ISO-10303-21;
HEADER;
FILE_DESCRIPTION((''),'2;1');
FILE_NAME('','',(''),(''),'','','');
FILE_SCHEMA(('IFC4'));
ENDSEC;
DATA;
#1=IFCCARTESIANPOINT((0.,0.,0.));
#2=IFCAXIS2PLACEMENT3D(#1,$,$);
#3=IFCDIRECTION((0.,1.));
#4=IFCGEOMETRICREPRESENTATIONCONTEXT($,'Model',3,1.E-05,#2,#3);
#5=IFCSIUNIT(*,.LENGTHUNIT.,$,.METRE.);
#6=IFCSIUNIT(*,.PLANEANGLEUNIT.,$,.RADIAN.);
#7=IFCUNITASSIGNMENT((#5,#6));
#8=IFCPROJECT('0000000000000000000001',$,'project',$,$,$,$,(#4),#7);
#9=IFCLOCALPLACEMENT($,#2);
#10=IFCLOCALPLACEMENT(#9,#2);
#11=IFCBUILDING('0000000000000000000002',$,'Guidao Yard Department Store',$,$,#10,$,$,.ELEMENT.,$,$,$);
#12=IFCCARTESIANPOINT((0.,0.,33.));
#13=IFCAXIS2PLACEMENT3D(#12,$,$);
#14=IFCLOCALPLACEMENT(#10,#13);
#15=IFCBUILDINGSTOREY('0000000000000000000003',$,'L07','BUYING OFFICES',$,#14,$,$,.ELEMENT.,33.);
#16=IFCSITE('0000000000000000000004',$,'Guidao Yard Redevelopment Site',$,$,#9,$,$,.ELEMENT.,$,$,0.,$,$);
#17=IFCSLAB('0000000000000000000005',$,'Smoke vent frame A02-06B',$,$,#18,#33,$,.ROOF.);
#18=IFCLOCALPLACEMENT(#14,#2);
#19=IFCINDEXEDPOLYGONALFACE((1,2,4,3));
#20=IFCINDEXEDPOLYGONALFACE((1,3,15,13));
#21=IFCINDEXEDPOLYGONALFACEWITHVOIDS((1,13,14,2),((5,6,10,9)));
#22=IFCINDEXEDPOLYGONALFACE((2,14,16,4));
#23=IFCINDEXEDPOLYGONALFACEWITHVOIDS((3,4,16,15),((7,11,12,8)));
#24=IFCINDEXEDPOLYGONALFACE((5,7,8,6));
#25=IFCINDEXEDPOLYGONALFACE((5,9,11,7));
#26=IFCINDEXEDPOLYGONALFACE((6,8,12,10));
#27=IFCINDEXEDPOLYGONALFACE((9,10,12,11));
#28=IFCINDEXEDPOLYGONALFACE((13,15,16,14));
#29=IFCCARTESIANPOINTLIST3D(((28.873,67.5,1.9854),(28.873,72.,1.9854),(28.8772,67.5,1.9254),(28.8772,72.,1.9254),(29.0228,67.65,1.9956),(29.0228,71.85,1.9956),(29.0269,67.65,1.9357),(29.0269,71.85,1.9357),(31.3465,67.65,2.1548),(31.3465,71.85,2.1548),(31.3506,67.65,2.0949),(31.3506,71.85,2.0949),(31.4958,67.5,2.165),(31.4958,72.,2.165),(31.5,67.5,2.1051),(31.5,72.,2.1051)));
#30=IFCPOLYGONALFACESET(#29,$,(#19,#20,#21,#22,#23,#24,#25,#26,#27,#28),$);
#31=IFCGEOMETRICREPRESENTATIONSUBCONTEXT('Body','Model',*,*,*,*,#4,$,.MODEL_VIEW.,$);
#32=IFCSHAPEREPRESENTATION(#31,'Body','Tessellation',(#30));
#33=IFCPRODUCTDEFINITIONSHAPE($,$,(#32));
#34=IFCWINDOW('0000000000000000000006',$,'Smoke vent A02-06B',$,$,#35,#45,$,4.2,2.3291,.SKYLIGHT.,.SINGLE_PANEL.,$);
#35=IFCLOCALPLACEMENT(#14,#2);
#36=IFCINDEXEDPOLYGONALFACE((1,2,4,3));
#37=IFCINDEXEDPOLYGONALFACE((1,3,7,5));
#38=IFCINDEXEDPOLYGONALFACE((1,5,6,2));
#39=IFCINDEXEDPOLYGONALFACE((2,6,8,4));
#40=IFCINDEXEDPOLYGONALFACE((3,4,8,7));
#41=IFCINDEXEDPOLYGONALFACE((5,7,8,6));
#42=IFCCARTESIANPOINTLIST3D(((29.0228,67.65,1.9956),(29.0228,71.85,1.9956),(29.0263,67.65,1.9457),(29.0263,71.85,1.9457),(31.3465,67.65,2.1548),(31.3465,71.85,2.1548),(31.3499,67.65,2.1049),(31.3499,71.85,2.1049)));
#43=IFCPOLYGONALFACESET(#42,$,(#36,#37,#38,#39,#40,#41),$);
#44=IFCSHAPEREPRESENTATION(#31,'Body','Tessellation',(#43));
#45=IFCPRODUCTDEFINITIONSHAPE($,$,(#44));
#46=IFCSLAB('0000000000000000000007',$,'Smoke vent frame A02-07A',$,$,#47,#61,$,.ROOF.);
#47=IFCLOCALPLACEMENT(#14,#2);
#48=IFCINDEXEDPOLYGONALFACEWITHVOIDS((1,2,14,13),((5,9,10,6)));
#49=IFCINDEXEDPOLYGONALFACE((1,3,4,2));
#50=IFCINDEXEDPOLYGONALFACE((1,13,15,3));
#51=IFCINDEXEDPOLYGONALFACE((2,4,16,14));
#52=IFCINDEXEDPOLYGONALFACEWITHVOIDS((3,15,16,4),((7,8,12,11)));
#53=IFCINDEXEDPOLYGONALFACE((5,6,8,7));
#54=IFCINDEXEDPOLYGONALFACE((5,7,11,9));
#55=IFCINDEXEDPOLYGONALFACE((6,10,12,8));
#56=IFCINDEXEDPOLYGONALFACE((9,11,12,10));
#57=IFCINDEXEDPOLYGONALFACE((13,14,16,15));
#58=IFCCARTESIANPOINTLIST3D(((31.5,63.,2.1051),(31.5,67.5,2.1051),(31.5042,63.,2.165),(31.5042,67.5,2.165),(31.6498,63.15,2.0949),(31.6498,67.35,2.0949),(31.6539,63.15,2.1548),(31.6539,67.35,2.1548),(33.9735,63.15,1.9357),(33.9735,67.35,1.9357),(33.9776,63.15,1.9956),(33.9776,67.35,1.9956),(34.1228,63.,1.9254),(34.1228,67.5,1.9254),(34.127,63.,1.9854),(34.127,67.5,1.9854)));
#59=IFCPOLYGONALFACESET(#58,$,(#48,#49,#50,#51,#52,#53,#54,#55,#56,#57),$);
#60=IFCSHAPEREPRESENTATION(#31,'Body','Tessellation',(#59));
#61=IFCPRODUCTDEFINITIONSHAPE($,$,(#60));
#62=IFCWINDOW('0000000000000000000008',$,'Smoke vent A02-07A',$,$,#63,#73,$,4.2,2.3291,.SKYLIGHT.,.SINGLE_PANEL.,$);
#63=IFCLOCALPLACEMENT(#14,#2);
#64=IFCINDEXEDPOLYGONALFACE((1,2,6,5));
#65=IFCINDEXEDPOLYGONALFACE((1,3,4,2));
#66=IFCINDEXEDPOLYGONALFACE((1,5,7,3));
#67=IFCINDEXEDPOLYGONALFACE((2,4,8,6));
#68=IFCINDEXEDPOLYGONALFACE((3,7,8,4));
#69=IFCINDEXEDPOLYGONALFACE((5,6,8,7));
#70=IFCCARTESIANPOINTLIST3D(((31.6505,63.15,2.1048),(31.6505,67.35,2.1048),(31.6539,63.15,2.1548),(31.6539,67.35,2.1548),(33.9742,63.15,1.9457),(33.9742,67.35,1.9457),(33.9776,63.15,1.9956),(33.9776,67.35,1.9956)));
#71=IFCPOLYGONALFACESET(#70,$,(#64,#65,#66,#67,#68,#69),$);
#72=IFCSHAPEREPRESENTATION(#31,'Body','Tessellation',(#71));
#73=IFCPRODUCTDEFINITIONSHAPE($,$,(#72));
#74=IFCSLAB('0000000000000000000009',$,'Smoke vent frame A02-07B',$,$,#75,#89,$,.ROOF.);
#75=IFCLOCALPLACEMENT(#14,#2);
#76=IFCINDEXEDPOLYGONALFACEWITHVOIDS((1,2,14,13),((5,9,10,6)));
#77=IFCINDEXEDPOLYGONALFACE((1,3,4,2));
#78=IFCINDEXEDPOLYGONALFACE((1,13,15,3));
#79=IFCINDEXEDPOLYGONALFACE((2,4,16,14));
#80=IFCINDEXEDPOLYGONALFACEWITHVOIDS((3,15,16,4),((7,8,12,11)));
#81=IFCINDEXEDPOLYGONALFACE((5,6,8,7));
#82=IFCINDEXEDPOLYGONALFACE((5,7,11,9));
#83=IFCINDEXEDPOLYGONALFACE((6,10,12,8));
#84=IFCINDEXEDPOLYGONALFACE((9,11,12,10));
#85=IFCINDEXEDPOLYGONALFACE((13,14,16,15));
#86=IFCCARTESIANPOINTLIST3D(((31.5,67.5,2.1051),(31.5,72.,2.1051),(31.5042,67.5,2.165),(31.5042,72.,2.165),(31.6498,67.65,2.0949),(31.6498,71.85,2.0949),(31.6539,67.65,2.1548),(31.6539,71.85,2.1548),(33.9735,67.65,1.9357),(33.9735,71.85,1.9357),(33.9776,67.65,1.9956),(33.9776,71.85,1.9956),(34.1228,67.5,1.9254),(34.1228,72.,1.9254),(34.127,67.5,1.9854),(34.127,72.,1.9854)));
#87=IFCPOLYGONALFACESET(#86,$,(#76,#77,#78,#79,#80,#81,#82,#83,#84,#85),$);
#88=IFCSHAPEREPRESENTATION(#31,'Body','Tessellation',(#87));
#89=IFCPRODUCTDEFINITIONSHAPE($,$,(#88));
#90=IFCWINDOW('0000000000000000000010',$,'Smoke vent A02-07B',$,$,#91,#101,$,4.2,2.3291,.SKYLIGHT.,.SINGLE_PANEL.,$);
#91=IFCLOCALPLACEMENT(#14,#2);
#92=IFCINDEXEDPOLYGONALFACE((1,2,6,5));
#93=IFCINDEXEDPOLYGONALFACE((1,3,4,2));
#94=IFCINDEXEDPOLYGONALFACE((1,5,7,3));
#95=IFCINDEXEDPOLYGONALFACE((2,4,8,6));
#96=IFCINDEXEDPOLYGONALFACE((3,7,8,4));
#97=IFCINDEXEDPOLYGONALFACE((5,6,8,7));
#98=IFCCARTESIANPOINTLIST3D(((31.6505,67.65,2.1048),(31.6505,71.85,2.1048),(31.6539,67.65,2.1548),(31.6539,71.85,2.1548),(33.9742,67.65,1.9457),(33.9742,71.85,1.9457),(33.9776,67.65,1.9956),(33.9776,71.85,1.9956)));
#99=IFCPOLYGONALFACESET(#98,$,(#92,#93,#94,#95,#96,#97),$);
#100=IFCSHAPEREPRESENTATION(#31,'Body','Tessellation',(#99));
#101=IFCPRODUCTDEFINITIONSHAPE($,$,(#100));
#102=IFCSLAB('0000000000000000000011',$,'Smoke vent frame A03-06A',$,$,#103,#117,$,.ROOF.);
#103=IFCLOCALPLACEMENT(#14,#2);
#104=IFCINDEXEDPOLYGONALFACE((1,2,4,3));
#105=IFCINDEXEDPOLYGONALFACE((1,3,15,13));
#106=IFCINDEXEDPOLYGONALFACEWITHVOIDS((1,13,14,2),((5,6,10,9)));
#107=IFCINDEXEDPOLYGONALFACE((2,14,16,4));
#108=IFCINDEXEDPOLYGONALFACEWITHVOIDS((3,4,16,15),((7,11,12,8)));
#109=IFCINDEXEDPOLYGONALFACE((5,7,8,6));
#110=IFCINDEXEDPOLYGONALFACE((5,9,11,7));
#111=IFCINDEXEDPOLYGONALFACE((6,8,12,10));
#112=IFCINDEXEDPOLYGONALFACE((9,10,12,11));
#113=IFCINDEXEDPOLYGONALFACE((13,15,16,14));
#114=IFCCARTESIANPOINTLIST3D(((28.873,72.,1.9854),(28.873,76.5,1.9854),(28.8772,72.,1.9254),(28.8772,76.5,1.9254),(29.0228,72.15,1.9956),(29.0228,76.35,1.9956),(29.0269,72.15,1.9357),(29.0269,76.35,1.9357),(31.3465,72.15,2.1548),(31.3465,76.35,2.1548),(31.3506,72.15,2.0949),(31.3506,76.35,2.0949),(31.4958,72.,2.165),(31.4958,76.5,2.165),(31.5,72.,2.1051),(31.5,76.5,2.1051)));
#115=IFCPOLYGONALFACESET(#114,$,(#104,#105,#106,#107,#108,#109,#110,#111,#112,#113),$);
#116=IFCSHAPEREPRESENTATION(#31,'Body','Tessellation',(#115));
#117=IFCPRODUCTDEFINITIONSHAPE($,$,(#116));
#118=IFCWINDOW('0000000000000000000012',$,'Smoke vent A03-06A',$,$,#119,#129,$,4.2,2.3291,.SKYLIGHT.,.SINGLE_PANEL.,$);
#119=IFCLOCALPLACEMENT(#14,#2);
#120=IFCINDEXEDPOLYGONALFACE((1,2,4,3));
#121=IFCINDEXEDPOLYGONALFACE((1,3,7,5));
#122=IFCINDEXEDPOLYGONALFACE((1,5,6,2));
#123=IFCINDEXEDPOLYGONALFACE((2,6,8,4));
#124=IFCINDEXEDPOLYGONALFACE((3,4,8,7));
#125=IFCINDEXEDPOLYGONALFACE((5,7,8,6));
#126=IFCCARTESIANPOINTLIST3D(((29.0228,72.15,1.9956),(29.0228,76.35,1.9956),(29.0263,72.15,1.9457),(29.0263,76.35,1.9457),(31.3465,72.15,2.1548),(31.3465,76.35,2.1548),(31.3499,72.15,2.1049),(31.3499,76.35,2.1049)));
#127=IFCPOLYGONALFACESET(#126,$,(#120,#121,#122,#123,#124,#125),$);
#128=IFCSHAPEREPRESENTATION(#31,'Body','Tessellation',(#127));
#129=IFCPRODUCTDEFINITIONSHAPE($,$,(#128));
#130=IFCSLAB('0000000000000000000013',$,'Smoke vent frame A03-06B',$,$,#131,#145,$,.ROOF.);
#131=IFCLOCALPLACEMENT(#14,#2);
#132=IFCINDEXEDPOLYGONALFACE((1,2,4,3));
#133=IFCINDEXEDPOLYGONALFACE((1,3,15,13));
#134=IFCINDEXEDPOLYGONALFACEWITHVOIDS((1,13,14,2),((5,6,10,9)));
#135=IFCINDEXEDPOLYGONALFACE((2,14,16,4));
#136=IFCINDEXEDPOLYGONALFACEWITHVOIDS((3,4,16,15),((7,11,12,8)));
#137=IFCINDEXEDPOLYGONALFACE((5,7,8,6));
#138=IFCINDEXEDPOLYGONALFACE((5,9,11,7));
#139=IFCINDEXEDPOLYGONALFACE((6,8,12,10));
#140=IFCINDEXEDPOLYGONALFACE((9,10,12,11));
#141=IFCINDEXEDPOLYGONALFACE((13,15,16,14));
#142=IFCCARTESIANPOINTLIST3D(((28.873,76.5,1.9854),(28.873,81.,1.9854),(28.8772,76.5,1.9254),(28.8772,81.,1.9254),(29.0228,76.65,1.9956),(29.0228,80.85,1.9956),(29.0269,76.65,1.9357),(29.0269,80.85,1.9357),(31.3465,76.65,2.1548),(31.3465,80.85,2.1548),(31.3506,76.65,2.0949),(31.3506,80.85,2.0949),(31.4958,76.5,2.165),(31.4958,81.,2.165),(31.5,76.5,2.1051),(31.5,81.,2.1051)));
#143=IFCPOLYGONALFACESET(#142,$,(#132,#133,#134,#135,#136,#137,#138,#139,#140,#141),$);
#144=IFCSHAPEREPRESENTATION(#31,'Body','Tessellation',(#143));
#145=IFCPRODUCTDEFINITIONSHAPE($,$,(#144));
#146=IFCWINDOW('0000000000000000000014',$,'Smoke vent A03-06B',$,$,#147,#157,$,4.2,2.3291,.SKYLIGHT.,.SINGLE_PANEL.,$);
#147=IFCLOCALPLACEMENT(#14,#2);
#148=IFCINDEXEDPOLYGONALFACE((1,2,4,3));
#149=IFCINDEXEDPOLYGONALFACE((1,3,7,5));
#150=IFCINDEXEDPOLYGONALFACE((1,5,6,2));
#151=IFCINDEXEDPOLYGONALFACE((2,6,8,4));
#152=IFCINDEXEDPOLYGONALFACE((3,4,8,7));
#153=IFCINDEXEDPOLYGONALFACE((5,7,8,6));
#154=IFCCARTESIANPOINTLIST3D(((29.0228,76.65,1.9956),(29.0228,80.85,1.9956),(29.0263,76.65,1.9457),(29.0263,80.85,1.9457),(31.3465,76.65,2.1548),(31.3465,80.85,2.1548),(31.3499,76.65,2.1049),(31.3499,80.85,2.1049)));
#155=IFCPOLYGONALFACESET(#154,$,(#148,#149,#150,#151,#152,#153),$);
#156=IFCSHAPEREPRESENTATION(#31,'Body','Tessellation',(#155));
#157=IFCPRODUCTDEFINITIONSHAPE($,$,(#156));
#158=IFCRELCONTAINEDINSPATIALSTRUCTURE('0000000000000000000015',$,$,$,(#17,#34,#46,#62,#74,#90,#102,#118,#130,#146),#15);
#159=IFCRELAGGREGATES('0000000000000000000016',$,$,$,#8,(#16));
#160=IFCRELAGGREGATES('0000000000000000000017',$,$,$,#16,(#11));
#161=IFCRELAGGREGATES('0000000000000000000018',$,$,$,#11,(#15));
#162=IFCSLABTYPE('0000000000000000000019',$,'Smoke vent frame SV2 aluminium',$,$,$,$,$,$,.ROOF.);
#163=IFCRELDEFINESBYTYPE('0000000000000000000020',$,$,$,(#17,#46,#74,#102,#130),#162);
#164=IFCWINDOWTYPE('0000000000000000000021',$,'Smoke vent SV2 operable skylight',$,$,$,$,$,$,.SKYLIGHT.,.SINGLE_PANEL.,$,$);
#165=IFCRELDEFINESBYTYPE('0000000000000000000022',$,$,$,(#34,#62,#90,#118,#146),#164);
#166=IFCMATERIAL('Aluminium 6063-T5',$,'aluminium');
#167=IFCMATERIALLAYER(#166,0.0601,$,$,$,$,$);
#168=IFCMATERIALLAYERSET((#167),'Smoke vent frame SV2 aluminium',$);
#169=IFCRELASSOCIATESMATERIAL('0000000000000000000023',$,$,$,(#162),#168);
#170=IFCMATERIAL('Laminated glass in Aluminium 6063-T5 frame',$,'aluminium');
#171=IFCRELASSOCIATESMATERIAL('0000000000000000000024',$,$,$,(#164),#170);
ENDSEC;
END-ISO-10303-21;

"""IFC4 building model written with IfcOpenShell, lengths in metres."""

from ifc_helpers import new_model, si_unit, direction, frame, origin, origin_2d, place, context, subcontext, project, spatial, polyline, rectangle, outline, extrude, material, layer, layer_set, type_object, element, fill, save


model = new_model("IFC4")

# Units and contexts
model_context = context("Model", 3, precision=1e-05, world=origin(), true_north=direction((0.0, 1.0)))
body_context = subcontext(model_context, "Body", "Model", "MODEL_VIEW")
ifc_project = project(units=[si_unit("LENGTHUNIT", "METRE"), si_unit("PLANEANGLEUNIT", "RADIAN")], contexts=[model_context])

# Site, building, storey
site_placement = place(None, origin())
site = spatial("IfcSite", under=ifc_project, at=site_placement, Name="Guidao Yard Redevelopment Site", CompositionType="ELEMENT", RefElevation=0.0)
building_placement = place(site_placement, origin())
building = spatial("IfcBuilding", under=site, at=building_placement, Name="Guidao Yard Department Store", CompositionType="ELEMENT")
storey_placement = place(building_placement, frame((0.0, 0.0, 33.0)))
storey = spatial("IfcBuildingStorey", under=building, at=storey_placement, Name="L07", Description="BUYING OFFICES", CompositionType="ELEMENT", Elevation=33.0)

# Slabs, openings, windows
ifc_material_1 = material(Name="Aluminium 6063-T5", Category="aluminium")
ifc_layer = layer(ifc_material_1, 0.0601)
ifc_layer_set = layer_set([ifc_layer], Name="Smoke vent frame SV2 aluminium")
slab_type = type_object("IfcSlabType", Name="Smoke vent frame SV2 aluminium", PredefinedType="ROOF", material=ifc_layer_set)
slab_1_placement = place(storey_placement, frame((28.873, 67.5, 1.9854), z_axis=(-0.06835, 0.0, 0.997661), x_axis=(0.997661, 0.0, 0.06835)))
slab_1 = element("IfcSlab", 1, at=slab_1_placement, inside=storey, type_object=slab_type, Name="Smoke vent frame A02-06B", PredefinedType="ROOF", context=body_context, shape_type="SweptSolid", body=[
    extrude(outline(polyline([(0.0, 0.0), (2.629, 0.0), (2.629, 4.5), (0.0, 4.5), (0.0, 0.0)])), origin(), (0.0, 0.0, -1.0), 0.0601),
])
opening_1_placement = place(slab_1_placement, frame((1.3147, 2.25, 0.0)))
opening_1 = element("IfcOpeningElement", 2, at=opening_1_placement, cuts=slab_1, PredefinedType="OPENING", context=body_context, shape_type="SweptSolid", body=[
    extrude(rectangle(XDim=2.3291, YDim=4.2, at=origin_2d()), frame((0.0, 0.0, 0.01)), (0.0, 0.0, -1.0), 0.0801),
])
ifc_material_2 = material(Name="Laminated glass in Aluminium 6063-T5 frame", Category="aluminium")
window_type = type_object("IfcWindowType", Name="Smoke vent SV2 operable skylight", PartitioningType="SINGLE_PANEL", PredefinedType="SKYLIGHT", material=ifc_material_2)
window_1_placement = place(opening_1_placement, frame((0.0, 0.0, -0.05)))
window_1 = element("IfcWindow", 3, at=window_1_placement, inside=storey, type_object=window_type, Name="Smoke vent A02-06B", OverallHeight=4.2, OverallWidth=2.3291, PartitioningType="SINGLE_PANEL", PredefinedType="SKYLIGHT", context=body_context, shape_type="SweptSolid", body=[
    extrude(rectangle(XDim=2.3291, YDim=4.2, at=origin_2d()), origin(), (0.0, 0.0, 1.0), 0.05),
])
fill(opening_1, window_1)
slab_2_placement = place(storey_placement, frame((31.5042, 63.0, 2.165), z_axis=(0.06835, 0.0, 0.997661), x_axis=(0.997661, 0.0, -0.06835)))
slab_2 = element("IfcSlab", 4, at=slab_2_placement, inside=storey, type_object=slab_type, Name="Smoke vent frame A02-07A", PredefinedType="ROOF", context=body_context, shape_type="SweptSolid", body=[
    extrude(outline(polyline([(0.0, 0.0), (2.629, 0.0), (2.629, 4.5), (0.0, 4.5), (0.0, 0.0)])), origin(), (0.0, 0.0, -1.0), 0.0601),
])
opening_2_placement = place(slab_2_placement, frame((1.3147, 2.25, 0.0)))
opening_2 = element("IfcOpeningElement", 5, at=opening_2_placement, cuts=slab_2, PredefinedType="OPENING", context=body_context, shape_type="SweptSolid", body=[
    extrude(rectangle(XDim=2.3291, YDim=4.2, at=origin_2d()), frame((0.0, 0.0, 0.01)), (0.0, 0.0, -1.0), 0.0801),
])
window_2_placement = place(opening_2_placement, frame((0.0, 0.0, -0.05)))
window_2 = element("IfcWindow", 6, at=window_2_placement, inside=storey, type_object=window_type, Name="Smoke vent A02-07A", OverallHeight=4.2, OverallWidth=2.3291, PartitioningType="SINGLE_PANEL", PredefinedType="SKYLIGHT", context=body_context, shape_type="SweptSolid", body=[
    extrude(rectangle(XDim=2.3291, YDim=4.2, at=origin_2d()), origin(), (0.0, 0.0, 1.0), 0.05),
])
fill(opening_2, window_2)
slab_3_placement = place(storey_placement, frame((31.5042, 67.5, 2.165), z_axis=(0.06835, 0.0, 0.997661), x_axis=(0.997661, 0.0, -0.06835)))
slab_3 = element("IfcSlab", 7, at=slab_3_placement, inside=storey, type_object=slab_type, Name="Smoke vent frame A02-07B", PredefinedType="ROOF", context=body_context, shape_type="SweptSolid", body=[
    extrude(outline(polyline([(0.0, 0.0), (2.629, 0.0), (2.629, 4.5), (0.0, 4.5), (0.0, 0.0)])), origin(), (0.0, 0.0, -1.0), 0.0601),
])
opening_3_placement = place(slab_3_placement, frame((1.3147, 2.25, 0.0)))
opening_3 = element("IfcOpeningElement", 8, at=opening_3_placement, cuts=slab_3, PredefinedType="OPENING", context=body_context, shape_type="SweptSolid", body=[
    extrude(rectangle(XDim=2.3291, YDim=4.2, at=origin_2d()), frame((0.0, 0.0, 0.01)), (0.0, 0.0, -1.0), 0.0801),
])
window_3_placement = place(opening_3_placement, frame((0.0, 0.0, -0.05)))
window_3 = element("IfcWindow", 9, at=window_3_placement, inside=storey, type_object=window_type, Name="Smoke vent A02-07B", OverallHeight=4.2, OverallWidth=2.3291, PartitioningType="SINGLE_PANEL", PredefinedType="SKYLIGHT", context=body_context, shape_type="SweptSolid", body=[
    extrude(rectangle(XDim=2.3291, YDim=4.2, at=origin_2d()), origin(), (0.0, 0.0, 1.0), 0.05),
])
fill(opening_3, window_3)
slab_4_placement = place(storey_placement, frame((28.873, 72.0, 1.9854), z_axis=(-0.06835, 0.0, 0.997661), x_axis=(0.997661, 0.0, 0.06835)))
slab_4 = element("IfcSlab", 10, at=slab_4_placement, inside=storey, type_object=slab_type, Name="Smoke vent frame A03-06A", PredefinedType="ROOF", context=body_context, shape_type="SweptSolid", body=[
    extrude(outline(polyline([(0.0, 0.0), (2.629, 0.0), (2.629, 4.5), (0.0, 4.5), (0.0, 0.0)])), origin(), (0.0, 0.0, -1.0), 0.0601),
])
opening_4_placement = place(slab_4_placement, frame((1.3147, 2.25, 0.0)))
opening_4 = element("IfcOpeningElement", 11, at=opening_4_placement, cuts=slab_4, PredefinedType="OPENING", context=body_context, shape_type="SweptSolid", body=[
    extrude(rectangle(XDim=2.3291, YDim=4.2, at=origin_2d()), frame((0.0, 0.0, 0.01)), (0.0, 0.0, -1.0), 0.0801),
])
window_4_placement = place(opening_4_placement, frame((0.0, 0.0, -0.05)))
window_4 = element("IfcWindow", 12, at=window_4_placement, inside=storey, type_object=window_type, Name="Smoke vent A03-06A", OverallHeight=4.2, OverallWidth=2.3291, PartitioningType="SINGLE_PANEL", PredefinedType="SKYLIGHT", context=body_context, shape_type="SweptSolid", body=[
    extrude(rectangle(XDim=2.3291, YDim=4.2, at=origin_2d()), origin(), (0.0, 0.0, 1.0), 0.05),
])
fill(opening_4, window_4)
slab_5_placement = place(storey_placement, frame((28.873, 76.5, 1.9854), z_axis=(-0.06835, 0.0, 0.997661), x_axis=(0.997661, 0.0, 0.06835)))
slab_5 = element("IfcSlab", 13, at=slab_5_placement, inside=storey, type_object=slab_type, Name="Smoke vent frame A03-06B", PredefinedType="ROOF", context=body_context, shape_type="SweptSolid", body=[
    extrude(outline(polyline([(0.0, 0.0), (2.629, 0.0), (2.629, 4.5), (0.0, 4.5), (0.0, 0.0)])), origin(), (0.0, 0.0, -1.0), 0.0601),
])
opening_5_placement = place(slab_5_placement, frame((1.3147, 2.25, 0.0)))
opening_5 = element("IfcOpeningElement", 14, at=opening_5_placement, cuts=slab_5, PredefinedType="OPENING", context=body_context, shape_type="SweptSolid", body=[
    extrude(rectangle(XDim=2.3291, YDim=4.2, at=origin_2d()), frame((0.0, 0.0, 0.01)), (0.0, 0.0, -1.0), 0.0801),
])
window_5_placement = place(opening_5_placement, frame((0.0, 0.0, -0.05)))
window_5 = element("IfcWindow", 15, at=window_5_placement, inside=storey, type_object=window_type, Name="Smoke vent A03-06B", OverallHeight=4.2, OverallWidth=2.3291, PartitioningType="SINGLE_PANEL", PredefinedType="SKYLIGHT", context=body_context, shape_type="SweptSolid", body=[
    extrude(rectangle(XDim=2.3291, YDim=4.2, at=origin_2d()), origin(), (0.0, 0.0, 1.0), 0.05),
])
fill(opening_5, window_5)

save(model, "model.ifc")
